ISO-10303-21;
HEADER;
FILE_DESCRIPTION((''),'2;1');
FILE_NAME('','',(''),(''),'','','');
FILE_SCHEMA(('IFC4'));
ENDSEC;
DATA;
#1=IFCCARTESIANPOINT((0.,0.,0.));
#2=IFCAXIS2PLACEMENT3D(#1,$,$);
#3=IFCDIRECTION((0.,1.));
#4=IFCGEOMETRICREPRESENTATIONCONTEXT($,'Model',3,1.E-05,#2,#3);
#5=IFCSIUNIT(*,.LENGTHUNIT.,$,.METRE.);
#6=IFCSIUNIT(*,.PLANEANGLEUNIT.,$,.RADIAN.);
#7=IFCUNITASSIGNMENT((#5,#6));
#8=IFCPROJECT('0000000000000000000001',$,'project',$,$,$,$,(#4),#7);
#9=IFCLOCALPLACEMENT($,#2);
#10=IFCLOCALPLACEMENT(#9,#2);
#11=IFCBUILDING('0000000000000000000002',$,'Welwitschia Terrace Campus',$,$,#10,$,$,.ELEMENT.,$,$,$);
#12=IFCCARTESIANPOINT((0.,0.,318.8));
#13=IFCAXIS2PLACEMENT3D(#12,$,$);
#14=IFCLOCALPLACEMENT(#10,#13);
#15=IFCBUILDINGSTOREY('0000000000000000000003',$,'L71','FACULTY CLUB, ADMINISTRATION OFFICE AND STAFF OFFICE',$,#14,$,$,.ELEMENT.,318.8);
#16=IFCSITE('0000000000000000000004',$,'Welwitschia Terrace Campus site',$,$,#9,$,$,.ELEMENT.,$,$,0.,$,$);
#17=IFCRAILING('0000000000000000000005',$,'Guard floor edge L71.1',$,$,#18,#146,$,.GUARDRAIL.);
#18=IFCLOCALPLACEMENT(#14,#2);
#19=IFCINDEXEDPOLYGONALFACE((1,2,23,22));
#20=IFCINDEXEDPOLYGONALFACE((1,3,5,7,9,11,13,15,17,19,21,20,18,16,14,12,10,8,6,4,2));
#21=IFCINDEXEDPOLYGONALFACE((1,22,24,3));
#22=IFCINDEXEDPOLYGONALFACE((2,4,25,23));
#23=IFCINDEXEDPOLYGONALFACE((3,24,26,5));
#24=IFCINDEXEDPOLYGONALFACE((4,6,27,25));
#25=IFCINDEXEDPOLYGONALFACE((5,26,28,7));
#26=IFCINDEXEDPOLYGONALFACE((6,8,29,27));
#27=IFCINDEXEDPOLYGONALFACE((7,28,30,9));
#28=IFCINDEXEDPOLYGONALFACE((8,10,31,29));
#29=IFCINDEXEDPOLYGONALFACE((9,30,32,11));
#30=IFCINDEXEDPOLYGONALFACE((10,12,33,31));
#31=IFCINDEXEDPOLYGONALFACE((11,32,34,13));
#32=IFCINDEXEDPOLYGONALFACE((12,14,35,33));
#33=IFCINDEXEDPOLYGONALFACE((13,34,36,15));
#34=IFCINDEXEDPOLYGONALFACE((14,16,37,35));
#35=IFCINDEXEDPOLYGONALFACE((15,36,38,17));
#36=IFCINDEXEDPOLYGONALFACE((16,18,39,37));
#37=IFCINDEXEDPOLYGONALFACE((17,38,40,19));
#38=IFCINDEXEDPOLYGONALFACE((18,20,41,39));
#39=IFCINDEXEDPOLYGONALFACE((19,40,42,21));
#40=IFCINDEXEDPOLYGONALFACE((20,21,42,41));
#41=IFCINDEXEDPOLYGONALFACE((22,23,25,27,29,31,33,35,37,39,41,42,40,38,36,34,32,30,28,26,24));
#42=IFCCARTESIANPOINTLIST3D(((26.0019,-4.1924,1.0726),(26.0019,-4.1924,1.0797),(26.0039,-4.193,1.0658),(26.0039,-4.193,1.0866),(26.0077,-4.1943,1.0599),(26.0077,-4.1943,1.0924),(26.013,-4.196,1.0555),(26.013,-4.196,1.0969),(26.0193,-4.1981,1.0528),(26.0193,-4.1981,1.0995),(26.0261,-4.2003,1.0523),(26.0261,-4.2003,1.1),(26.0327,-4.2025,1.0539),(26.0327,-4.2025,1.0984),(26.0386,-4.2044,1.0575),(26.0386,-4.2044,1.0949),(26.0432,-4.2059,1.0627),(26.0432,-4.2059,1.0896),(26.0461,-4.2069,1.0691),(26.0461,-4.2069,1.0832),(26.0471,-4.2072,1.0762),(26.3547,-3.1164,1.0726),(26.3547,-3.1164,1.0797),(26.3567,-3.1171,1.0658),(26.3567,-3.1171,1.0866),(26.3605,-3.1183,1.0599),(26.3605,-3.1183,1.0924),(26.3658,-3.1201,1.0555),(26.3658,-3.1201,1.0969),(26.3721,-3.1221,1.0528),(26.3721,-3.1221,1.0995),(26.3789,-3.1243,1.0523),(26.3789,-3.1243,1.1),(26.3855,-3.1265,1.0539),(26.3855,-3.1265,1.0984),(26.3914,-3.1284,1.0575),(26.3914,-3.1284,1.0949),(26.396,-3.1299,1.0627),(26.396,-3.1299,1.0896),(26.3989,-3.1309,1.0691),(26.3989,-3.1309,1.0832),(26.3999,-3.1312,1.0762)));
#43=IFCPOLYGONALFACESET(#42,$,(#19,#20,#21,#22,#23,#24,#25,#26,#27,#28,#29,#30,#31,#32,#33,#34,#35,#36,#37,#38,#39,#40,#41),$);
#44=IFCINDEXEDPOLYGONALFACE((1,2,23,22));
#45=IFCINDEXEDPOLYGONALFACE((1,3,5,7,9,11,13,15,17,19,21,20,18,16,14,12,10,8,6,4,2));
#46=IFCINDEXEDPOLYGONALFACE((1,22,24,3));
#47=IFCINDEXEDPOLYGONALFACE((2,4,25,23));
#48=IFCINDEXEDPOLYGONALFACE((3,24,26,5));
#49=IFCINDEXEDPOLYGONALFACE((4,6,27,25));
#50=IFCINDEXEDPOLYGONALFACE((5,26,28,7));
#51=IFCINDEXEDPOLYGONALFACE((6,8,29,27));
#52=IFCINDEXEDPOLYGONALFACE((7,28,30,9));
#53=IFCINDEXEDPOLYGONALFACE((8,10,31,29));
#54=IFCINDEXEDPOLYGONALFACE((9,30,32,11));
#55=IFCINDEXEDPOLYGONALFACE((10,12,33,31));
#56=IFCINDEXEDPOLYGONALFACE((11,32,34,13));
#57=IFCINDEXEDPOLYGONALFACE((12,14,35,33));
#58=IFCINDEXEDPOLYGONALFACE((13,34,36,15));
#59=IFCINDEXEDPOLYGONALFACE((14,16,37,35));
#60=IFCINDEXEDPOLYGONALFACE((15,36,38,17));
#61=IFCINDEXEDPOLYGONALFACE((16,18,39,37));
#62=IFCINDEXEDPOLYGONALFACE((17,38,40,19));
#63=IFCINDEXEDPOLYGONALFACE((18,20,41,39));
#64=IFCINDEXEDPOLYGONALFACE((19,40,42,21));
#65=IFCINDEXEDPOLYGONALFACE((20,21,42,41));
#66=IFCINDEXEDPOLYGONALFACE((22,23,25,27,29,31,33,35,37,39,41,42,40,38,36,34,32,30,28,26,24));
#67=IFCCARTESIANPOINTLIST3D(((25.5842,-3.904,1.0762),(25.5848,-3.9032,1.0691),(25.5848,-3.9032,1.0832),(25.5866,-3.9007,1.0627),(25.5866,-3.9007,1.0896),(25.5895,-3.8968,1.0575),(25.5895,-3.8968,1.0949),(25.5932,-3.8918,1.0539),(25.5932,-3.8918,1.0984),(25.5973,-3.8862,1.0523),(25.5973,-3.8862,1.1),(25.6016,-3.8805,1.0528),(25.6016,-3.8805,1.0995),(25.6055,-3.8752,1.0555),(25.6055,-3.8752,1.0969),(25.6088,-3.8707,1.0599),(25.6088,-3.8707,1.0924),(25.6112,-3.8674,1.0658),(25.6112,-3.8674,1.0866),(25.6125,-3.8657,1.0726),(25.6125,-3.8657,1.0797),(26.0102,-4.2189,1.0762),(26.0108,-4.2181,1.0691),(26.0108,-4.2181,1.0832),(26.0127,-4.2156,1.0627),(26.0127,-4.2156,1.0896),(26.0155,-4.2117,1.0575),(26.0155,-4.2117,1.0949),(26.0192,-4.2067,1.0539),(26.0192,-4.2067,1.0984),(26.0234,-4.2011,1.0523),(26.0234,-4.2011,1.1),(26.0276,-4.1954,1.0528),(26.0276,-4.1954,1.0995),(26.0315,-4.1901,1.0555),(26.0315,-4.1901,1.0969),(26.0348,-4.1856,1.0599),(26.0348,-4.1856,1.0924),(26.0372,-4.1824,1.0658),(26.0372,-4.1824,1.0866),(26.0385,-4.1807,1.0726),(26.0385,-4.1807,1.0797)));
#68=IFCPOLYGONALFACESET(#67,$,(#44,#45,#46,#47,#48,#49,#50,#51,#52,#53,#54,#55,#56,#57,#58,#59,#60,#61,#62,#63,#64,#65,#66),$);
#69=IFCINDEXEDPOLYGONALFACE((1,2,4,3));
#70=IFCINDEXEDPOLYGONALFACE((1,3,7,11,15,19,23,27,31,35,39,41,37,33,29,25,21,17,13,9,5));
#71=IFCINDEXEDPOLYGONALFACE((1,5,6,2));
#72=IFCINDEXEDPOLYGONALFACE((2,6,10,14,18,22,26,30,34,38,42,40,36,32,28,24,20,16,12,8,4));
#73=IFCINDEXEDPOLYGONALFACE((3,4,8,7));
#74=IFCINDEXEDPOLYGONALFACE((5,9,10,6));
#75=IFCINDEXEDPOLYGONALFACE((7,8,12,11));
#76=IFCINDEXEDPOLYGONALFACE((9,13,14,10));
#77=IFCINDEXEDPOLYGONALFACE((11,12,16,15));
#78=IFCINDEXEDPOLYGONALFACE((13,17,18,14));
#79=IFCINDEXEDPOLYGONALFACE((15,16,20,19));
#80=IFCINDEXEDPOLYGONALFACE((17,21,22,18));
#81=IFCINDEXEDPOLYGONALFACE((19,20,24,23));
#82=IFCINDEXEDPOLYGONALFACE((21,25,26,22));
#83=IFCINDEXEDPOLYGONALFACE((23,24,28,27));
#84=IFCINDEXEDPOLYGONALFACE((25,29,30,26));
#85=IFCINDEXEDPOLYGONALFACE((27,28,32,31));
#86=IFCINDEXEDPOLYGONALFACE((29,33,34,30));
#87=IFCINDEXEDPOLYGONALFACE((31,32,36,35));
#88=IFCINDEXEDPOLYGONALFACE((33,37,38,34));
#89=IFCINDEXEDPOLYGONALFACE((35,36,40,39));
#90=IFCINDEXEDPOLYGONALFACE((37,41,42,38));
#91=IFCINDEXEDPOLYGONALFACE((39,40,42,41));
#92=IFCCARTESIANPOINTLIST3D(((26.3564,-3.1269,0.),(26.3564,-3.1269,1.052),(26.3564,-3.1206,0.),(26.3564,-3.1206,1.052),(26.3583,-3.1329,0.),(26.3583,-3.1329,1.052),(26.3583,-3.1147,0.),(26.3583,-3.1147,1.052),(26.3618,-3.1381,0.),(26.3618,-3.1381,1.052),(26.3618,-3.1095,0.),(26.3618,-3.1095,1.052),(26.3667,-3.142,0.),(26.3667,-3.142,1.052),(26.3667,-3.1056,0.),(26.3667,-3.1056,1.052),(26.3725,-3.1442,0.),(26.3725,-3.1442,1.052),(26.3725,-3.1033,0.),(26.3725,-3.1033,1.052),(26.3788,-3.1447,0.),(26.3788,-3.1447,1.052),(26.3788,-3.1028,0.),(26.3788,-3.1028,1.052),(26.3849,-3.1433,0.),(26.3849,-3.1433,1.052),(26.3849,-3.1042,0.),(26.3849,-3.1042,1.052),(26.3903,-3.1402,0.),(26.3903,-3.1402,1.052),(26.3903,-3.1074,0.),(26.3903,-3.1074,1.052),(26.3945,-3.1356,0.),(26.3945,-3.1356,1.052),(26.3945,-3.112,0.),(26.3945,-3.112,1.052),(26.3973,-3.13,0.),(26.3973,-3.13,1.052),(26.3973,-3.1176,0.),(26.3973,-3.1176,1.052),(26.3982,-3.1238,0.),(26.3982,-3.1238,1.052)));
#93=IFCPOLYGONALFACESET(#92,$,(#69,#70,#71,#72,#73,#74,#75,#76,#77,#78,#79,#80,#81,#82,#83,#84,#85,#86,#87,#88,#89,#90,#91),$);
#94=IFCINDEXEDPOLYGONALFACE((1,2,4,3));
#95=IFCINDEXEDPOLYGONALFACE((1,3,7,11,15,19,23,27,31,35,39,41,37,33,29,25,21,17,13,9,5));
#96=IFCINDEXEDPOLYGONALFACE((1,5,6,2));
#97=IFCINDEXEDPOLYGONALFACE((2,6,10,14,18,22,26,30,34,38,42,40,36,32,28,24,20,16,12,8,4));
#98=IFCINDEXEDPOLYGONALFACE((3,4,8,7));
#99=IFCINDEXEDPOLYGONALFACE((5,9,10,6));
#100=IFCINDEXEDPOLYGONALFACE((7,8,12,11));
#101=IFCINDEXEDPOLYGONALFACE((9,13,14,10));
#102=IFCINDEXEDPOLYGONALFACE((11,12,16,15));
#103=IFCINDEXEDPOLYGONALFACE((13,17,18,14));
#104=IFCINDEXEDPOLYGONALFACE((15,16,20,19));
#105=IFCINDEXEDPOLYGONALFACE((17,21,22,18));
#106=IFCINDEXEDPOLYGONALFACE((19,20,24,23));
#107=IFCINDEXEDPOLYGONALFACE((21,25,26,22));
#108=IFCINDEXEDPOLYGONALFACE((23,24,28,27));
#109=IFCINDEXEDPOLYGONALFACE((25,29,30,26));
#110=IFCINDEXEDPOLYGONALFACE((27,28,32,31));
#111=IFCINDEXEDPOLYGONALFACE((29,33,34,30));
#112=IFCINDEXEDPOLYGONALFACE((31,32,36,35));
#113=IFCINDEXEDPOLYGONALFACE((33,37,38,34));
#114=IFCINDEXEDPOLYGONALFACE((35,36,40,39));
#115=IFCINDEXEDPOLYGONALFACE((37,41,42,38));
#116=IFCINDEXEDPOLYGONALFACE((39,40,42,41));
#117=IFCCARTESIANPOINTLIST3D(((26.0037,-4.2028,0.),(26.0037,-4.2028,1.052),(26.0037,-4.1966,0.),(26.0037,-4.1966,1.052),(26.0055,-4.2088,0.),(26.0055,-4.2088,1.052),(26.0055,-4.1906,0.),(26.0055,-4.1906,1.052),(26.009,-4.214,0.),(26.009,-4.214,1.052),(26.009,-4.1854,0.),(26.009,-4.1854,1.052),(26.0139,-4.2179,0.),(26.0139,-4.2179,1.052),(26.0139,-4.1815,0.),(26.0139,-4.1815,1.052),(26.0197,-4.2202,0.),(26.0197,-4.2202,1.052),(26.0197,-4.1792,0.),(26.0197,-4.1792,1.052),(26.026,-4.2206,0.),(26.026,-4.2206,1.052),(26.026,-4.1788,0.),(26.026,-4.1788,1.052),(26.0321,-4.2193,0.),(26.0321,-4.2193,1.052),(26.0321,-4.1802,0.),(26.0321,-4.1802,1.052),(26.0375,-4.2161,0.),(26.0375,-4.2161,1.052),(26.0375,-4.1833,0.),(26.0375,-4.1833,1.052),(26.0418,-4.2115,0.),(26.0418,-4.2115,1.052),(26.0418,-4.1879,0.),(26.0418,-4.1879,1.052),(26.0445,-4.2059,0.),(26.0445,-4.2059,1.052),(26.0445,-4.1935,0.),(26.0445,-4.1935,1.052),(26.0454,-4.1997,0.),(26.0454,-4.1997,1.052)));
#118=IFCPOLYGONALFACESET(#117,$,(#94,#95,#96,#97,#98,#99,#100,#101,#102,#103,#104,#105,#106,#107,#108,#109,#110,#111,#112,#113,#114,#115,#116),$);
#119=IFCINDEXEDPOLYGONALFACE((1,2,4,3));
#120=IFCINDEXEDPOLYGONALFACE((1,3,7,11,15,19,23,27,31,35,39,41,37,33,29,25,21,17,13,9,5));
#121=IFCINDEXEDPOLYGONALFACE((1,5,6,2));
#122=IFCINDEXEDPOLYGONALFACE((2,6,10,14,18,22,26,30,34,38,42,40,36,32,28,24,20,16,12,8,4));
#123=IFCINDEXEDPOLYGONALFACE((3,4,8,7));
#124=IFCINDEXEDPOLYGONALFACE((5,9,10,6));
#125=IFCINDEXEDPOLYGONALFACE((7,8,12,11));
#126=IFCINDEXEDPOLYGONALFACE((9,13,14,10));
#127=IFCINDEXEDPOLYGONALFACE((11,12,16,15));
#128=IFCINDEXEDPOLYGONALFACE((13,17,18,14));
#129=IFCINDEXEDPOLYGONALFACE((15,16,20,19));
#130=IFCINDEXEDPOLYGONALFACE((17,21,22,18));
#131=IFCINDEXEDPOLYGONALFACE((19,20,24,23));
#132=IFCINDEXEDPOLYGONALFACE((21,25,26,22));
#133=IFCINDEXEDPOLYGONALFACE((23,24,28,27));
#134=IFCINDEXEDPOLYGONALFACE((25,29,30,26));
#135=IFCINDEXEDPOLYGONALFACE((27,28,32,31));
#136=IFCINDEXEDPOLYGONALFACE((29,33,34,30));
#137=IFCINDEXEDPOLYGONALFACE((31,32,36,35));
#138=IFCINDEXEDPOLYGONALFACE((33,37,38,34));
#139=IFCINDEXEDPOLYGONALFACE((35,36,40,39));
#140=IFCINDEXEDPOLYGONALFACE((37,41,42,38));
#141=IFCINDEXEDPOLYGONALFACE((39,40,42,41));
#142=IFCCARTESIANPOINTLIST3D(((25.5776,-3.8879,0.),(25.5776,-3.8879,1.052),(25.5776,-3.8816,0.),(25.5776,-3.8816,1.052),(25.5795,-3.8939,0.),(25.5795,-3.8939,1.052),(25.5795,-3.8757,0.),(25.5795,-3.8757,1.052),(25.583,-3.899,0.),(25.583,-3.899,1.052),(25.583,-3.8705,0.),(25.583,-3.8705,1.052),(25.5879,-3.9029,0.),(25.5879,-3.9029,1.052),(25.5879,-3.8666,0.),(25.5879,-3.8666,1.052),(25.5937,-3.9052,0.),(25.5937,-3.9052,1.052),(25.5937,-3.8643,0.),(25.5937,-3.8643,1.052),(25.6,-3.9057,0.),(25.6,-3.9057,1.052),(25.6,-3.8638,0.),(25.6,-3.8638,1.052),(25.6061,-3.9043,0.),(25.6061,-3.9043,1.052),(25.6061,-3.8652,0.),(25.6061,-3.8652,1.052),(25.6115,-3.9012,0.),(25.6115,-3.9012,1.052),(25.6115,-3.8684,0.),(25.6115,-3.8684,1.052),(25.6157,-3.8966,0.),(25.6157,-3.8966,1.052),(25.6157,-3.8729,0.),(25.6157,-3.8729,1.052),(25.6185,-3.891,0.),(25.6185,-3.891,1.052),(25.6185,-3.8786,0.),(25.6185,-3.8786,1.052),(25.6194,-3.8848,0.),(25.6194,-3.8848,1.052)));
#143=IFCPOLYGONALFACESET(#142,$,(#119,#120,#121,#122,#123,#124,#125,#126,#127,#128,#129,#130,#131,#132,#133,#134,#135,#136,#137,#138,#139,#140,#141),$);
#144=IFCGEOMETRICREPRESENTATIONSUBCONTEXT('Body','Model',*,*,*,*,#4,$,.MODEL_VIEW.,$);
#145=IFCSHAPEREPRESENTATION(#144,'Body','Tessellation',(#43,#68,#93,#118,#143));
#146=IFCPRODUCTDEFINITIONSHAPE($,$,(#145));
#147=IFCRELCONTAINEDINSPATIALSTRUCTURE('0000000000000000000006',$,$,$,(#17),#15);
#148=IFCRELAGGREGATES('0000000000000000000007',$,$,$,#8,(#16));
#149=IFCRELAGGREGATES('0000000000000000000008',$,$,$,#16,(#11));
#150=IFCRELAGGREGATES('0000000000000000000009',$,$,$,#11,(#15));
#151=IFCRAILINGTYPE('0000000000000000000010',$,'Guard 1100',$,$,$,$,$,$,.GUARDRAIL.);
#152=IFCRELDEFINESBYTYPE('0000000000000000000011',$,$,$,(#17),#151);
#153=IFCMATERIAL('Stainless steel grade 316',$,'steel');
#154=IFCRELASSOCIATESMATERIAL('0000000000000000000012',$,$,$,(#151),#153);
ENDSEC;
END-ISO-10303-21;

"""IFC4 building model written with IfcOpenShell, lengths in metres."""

from ifc_helpers import new_model, si_unit, direction, frame, origin, origin_2d, place, context, subcontext, project, spatial, circle, extrude, material, type_object, element, save


model = new_model("IFC4")

# Units and contexts
model_context = context("Model", 3, precision=1e-05, world=origin(), true_north=direction((0.0, 1.0)))
body_context = subcontext(model_context, "Body", "Model", "MODEL_VIEW")
ifc_project = project(units=[si_unit("LENGTHUNIT", "METRE"), si_unit("PLANEANGLEUNIT", "RADIAN")], contexts=[model_context])

# Site, building, storey
site_placement = place(None, origin())
site = spatial("IfcSite", under=ifc_project, at=site_placement, Name="Welwitschia Terrace Campus site", CompositionType="ELEMENT", RefElevation=0.0)
building_placement = place(site_placement, origin())
building = spatial("IfcBuilding", under=site, at=building_placement, Name="Welwitschia Terrace Campus", CompositionType="ELEMENT")
storey_placement = place(building_placement, frame((0.0, 0.0, 318.8)))
storey = spatial("IfcBuildingStorey", under=building, at=storey_placement, Name="L71", Description="FACULTY CLUB, ADMINISTRATION OFFICE AND STAFF OFFICE", CompositionType="ELEMENT", Elevation=318.8)

# Railing
ifc_material_1 = material(Name="Stainless steel grade 316", Category="steel")
railing_type = type_object("IfcRailingType", Name="Guard 1100", PredefinedType="GUARDRAIL", material=ifc_material_1)
railing_placement = place(storey_placement, frame((26.3772, -3.1238, 0.0)))
element("IfcRailing", 1, at=railing_placement, inside=storey, type_object=railing_type, Name="Guard floor edge L71.1", PredefinedType="GUARDRAIL", context=body_context, shape_type="SweptSolid", body=[
    extrude(circle(Radius=0.0239, at=origin_2d()), frame((0.0, 0.0, 1.0762), z_axis=(-0.311567, -0.950224, 0.0), x_axis=(0.950224, -0.311567, 0.0)), (0.0, 0.0, 1.0), 1.1323),
    extrude(circle(Radius=0.0239, at=origin_2d()), frame((-0.3528, -1.0759, 1.0762), z_axis=(-0.804128, 0.594456, 0.0), x_axis=(-0.594456, -0.804128, 0.0)), (0.0, 0.0, 1.0), 0.5298),
    extrude(circle(Radius=0.021, at=origin_2d()), origin(), (0.0, 0.0, 1.0), 1.052),
    extrude(circle(Radius=0.021, at=origin_2d()), frame((-0.3528, -1.0759, 0.0)), (0.0, 0.0, 1.0), 1.052),
    extrude(circle(Radius=0.021, at=origin_2d()), frame((-0.7788, -0.761, 0.0)), (0.0, 0.0, 1.0), 1.052),
])

save(model, "model.ifc")
